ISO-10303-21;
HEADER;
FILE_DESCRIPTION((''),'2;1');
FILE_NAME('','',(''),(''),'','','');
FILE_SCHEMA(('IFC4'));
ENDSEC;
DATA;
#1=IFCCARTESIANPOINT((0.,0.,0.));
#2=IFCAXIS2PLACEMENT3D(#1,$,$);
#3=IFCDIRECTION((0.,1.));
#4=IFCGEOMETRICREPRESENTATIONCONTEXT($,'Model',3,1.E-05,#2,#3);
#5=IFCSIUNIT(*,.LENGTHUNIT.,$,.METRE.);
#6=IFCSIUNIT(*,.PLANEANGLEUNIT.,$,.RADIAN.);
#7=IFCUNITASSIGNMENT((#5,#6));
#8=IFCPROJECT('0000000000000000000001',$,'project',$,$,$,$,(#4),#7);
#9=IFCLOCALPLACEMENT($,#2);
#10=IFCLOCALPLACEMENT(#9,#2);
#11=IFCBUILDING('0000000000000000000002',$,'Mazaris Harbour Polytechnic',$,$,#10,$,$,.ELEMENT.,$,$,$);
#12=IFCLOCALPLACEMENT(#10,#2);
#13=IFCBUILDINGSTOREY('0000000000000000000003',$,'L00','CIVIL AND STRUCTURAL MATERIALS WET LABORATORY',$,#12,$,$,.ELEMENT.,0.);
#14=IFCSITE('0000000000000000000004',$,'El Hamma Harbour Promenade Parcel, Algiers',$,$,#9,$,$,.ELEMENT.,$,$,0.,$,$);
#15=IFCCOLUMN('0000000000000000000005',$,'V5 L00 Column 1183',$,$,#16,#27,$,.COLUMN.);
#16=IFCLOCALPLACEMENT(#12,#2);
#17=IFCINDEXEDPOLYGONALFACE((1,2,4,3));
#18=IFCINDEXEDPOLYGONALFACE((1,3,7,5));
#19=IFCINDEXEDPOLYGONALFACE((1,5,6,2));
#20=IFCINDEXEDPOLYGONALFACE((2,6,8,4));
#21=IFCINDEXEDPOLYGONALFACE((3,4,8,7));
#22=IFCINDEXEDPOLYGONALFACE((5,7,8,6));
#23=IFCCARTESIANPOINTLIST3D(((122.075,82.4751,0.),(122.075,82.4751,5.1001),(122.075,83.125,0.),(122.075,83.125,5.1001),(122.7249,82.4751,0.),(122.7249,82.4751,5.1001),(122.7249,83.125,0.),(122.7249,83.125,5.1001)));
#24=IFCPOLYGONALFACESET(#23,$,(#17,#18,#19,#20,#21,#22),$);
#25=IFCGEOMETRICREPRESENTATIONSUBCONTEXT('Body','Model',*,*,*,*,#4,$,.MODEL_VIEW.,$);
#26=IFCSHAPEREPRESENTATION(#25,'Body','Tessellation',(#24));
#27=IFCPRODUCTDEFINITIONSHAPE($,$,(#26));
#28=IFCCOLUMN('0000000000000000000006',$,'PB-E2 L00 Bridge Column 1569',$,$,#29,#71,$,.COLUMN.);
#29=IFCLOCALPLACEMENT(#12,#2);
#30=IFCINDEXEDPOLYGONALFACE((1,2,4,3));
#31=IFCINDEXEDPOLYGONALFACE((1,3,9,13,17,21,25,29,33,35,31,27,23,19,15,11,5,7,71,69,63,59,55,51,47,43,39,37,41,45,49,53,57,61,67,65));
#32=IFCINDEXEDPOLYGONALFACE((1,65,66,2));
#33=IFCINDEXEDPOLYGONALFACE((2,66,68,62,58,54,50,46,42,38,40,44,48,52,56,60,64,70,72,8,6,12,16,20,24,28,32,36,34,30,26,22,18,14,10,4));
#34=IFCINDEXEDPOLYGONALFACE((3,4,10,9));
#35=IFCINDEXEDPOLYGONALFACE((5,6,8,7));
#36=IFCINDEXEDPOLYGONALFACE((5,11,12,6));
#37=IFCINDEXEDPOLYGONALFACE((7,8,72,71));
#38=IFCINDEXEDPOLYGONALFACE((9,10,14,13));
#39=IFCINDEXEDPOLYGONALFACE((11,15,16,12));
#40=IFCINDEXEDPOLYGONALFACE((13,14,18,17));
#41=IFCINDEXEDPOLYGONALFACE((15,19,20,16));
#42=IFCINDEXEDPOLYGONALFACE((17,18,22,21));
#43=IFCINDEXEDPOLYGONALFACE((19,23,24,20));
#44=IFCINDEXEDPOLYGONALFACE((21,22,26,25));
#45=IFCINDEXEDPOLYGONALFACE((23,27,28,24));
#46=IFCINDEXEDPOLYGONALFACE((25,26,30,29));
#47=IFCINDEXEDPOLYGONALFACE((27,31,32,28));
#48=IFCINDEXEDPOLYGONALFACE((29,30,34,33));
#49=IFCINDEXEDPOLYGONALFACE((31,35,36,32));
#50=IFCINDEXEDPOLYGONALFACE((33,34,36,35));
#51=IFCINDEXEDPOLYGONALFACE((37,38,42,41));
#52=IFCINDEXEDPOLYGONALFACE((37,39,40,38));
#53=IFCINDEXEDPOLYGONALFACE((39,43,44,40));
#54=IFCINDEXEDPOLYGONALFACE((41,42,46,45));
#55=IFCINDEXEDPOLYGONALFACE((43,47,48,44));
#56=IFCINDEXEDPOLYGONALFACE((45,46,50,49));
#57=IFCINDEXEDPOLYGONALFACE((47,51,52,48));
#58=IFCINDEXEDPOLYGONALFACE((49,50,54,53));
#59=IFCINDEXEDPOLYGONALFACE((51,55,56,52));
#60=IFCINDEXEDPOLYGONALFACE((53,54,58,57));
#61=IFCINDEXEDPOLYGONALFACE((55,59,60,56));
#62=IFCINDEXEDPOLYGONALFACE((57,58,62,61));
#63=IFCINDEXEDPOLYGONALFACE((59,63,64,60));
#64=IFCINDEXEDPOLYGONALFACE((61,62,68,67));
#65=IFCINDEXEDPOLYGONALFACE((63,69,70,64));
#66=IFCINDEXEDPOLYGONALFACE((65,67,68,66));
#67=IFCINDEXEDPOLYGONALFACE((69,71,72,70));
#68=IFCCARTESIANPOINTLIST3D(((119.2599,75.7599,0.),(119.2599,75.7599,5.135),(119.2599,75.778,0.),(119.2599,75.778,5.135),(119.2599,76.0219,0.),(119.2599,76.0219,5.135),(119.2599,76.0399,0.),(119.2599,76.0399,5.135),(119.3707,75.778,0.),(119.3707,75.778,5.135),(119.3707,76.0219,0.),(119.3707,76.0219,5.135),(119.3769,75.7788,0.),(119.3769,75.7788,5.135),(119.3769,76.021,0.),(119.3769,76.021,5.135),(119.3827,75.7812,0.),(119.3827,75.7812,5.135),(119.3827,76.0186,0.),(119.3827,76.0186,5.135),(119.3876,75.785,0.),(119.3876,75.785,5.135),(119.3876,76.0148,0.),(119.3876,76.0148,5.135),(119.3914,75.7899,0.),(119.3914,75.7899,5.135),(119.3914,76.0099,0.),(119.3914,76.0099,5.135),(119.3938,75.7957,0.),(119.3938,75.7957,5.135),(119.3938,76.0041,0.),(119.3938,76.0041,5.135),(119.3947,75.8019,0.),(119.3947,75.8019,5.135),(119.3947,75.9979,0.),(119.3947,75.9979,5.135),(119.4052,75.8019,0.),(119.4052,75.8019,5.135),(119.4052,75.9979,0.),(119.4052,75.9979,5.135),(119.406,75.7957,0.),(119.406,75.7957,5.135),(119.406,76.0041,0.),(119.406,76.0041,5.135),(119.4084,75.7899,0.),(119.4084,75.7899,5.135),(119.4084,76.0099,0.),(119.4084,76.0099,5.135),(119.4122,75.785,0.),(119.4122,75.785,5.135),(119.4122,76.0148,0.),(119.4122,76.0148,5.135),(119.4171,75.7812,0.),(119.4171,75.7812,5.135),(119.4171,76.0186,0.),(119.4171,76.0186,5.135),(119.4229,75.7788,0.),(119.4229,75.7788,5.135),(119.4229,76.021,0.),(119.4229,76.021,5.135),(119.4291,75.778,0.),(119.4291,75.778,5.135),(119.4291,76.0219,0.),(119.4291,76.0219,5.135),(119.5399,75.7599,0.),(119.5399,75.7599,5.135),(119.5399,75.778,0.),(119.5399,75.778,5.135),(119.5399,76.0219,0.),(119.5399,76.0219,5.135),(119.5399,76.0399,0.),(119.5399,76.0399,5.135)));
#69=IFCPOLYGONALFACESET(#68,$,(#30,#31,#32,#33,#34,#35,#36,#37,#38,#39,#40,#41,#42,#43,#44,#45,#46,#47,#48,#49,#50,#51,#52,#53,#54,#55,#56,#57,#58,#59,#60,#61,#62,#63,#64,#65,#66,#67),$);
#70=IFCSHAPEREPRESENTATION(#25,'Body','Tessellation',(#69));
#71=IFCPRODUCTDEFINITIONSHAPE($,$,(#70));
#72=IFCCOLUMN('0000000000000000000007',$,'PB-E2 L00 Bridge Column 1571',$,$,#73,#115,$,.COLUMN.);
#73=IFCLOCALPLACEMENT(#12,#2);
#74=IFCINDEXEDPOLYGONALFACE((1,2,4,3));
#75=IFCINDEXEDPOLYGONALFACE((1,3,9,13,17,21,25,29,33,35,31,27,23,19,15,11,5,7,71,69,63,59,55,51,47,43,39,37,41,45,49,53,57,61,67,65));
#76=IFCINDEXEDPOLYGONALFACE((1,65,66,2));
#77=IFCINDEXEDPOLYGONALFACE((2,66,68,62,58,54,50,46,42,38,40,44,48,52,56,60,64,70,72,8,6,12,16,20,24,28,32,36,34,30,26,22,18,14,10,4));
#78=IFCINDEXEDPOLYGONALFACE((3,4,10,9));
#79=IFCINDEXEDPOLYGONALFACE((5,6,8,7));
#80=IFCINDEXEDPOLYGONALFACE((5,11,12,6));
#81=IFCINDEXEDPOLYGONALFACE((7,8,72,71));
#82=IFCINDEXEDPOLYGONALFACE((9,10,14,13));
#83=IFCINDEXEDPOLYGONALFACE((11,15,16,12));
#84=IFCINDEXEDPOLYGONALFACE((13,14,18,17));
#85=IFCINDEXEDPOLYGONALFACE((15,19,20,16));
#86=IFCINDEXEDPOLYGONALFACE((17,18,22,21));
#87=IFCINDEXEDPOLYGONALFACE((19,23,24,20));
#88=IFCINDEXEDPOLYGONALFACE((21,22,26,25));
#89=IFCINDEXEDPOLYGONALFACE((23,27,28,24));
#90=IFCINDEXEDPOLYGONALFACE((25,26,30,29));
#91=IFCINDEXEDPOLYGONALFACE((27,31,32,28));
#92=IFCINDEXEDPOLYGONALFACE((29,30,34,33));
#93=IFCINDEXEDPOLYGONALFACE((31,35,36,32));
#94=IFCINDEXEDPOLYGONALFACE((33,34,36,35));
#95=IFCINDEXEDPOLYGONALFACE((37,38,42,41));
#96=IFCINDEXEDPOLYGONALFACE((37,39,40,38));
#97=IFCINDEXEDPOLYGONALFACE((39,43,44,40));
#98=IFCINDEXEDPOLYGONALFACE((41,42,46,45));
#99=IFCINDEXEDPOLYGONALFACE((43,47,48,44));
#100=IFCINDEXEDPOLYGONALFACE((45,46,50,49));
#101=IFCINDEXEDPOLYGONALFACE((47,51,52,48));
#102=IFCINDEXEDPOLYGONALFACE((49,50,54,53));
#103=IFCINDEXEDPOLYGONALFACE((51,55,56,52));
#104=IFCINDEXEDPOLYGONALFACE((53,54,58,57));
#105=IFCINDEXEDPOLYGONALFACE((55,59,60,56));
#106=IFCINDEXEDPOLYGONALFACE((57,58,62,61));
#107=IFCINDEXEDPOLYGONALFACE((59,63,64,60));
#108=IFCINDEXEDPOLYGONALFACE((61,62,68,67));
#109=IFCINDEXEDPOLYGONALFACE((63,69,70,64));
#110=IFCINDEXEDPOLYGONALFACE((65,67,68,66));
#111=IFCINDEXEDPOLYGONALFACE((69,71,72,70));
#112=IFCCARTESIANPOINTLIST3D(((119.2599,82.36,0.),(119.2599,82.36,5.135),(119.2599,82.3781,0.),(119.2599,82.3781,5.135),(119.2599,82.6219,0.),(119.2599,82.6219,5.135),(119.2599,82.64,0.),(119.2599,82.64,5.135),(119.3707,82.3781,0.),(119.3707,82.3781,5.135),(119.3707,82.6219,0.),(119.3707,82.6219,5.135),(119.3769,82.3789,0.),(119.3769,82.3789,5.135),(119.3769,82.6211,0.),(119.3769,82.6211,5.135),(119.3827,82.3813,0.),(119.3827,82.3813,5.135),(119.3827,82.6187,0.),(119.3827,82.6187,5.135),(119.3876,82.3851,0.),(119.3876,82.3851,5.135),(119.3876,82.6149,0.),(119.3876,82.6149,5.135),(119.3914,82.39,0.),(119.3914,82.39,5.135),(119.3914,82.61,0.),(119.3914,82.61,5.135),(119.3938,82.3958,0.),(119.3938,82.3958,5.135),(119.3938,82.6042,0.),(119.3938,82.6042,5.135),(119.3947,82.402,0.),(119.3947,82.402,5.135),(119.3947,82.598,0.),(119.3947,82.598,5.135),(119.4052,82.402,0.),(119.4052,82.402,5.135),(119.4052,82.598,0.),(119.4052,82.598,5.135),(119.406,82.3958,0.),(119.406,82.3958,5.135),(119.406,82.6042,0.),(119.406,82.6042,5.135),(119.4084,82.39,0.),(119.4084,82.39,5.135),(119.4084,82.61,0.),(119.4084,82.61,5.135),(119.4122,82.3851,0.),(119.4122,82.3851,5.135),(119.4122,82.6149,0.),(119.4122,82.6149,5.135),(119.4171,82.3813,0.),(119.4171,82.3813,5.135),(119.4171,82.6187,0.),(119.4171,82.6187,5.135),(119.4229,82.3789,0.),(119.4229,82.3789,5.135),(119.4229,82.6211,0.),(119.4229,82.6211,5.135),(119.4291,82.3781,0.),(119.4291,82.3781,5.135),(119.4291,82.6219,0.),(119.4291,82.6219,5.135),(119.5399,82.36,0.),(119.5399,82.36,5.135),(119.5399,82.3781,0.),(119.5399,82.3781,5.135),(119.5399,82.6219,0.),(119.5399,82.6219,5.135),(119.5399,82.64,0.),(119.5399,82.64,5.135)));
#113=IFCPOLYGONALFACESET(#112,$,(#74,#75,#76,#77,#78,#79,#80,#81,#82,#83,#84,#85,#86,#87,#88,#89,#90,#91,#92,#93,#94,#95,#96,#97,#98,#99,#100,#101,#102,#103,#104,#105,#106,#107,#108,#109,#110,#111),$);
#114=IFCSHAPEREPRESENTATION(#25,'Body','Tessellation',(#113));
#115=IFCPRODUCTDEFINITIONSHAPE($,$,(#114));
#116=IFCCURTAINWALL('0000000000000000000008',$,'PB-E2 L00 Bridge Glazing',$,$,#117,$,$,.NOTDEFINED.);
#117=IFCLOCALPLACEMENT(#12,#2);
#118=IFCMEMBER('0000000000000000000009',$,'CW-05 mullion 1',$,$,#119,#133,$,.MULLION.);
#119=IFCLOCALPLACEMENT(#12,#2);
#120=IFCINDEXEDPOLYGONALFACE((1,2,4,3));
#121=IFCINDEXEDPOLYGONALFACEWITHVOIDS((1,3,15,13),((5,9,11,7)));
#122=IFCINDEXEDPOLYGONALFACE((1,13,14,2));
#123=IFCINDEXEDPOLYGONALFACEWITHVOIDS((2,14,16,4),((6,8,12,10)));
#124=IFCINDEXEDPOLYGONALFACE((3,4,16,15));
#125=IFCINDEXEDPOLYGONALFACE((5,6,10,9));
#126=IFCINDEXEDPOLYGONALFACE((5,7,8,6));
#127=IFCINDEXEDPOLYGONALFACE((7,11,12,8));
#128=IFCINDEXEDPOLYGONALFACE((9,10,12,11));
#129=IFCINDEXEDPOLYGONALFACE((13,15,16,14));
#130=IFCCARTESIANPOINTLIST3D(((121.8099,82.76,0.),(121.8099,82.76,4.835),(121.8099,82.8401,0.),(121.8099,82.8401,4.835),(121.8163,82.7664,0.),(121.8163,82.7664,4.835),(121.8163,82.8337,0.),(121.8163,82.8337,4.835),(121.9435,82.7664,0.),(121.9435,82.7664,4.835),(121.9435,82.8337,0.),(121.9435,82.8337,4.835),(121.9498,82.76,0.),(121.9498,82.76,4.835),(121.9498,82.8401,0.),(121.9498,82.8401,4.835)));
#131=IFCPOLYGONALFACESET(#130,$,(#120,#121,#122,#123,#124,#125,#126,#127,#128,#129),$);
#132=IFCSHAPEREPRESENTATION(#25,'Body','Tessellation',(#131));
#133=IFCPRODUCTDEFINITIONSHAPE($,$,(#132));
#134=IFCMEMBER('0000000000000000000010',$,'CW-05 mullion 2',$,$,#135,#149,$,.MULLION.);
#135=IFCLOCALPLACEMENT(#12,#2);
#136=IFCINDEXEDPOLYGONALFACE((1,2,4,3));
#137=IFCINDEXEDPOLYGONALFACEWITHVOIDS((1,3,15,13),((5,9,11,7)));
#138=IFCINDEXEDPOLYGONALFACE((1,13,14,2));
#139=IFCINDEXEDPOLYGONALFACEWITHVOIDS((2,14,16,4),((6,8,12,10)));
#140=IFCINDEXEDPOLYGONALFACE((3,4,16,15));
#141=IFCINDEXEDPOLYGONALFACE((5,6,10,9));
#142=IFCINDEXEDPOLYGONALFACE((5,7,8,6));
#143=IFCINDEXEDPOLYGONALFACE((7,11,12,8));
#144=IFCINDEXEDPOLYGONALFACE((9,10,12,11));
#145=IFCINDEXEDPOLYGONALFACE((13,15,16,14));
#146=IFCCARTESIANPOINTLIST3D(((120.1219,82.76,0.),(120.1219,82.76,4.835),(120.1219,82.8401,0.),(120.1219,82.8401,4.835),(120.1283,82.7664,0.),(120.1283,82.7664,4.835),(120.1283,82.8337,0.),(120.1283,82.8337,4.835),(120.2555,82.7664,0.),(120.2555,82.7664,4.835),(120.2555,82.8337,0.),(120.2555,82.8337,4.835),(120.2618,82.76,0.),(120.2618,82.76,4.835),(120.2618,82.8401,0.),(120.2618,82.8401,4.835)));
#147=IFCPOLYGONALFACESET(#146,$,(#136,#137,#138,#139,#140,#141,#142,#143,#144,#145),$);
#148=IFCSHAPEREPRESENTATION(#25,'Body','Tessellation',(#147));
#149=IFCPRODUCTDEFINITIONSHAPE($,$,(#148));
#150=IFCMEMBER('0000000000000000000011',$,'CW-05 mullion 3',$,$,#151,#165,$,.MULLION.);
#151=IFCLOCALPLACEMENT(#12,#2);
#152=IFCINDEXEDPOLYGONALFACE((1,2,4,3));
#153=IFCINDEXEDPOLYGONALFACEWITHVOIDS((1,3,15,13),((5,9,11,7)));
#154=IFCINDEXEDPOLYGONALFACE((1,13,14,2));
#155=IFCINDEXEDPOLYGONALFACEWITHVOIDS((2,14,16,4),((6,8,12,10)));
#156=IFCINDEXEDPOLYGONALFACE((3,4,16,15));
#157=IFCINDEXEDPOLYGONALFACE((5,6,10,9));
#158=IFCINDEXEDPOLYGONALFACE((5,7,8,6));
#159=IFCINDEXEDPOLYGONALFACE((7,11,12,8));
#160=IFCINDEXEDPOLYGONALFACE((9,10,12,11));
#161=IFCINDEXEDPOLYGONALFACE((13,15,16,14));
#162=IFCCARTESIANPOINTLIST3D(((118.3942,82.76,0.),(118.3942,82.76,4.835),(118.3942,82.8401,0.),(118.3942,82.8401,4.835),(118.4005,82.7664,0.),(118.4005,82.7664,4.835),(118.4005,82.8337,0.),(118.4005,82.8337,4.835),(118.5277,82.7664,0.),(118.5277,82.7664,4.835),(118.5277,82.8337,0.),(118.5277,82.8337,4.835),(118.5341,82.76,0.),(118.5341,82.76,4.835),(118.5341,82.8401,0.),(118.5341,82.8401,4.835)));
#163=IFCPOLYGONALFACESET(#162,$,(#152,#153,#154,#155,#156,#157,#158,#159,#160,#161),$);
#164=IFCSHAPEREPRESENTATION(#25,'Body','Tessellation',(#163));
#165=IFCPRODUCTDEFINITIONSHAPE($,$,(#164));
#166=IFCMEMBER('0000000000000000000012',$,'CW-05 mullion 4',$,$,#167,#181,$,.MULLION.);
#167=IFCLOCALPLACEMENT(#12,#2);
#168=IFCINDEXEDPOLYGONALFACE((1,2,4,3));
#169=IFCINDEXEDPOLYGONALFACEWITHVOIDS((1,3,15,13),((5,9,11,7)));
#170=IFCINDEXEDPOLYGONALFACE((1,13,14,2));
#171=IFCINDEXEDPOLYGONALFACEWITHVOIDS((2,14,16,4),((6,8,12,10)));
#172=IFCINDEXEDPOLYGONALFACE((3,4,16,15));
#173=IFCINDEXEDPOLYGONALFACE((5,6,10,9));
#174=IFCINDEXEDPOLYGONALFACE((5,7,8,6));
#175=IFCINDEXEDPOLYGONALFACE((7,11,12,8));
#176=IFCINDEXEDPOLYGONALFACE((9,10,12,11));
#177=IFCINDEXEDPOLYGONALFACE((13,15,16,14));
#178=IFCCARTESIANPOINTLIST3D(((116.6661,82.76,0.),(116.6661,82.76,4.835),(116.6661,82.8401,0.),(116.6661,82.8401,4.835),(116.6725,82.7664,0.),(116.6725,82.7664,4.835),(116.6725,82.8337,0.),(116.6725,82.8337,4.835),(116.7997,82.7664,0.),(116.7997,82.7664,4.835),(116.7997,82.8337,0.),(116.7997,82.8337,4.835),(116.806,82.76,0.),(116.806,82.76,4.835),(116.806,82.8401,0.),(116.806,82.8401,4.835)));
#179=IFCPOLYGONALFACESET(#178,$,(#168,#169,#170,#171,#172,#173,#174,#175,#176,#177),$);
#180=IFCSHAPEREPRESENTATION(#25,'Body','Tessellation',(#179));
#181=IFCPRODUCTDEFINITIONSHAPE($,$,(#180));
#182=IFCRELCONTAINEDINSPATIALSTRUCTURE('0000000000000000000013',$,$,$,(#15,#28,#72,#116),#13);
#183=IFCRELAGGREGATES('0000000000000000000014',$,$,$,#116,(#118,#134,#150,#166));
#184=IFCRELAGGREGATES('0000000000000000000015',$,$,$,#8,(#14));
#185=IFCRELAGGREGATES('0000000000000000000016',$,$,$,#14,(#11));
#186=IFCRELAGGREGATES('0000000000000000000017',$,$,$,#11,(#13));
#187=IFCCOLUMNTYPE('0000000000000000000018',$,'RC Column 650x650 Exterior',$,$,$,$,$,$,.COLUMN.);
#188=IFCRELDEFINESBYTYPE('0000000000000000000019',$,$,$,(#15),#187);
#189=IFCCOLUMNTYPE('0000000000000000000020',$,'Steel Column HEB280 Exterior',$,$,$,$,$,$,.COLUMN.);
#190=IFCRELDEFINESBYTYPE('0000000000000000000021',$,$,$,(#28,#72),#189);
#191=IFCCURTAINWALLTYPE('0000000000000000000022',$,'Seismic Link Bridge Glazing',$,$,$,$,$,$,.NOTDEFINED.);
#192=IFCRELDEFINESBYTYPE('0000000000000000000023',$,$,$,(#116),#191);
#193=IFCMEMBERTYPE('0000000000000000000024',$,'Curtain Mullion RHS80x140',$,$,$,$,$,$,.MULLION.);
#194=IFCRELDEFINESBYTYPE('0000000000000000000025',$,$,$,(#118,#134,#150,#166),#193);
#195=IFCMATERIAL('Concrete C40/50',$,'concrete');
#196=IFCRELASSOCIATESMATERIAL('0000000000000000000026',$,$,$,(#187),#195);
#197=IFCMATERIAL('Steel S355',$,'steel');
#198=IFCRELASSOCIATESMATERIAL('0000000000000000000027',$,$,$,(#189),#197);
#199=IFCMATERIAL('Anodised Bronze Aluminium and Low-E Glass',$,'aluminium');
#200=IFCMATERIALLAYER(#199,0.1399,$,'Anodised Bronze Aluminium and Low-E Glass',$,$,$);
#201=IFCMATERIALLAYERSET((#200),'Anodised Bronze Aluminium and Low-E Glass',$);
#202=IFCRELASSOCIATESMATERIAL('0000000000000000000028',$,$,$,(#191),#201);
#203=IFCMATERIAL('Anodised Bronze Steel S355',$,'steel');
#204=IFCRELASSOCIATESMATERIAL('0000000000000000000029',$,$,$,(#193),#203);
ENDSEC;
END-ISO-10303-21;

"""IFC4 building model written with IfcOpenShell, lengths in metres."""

from ifc_helpers import new_model, si_unit, direction, frame, origin, origin_2d, place, context, subcontext, project, spatial, rectangle, hollow_rectangle, i_section, extrude, material, layer, layer_set, material_profile, profile_set, type_object, element, aggregate, save


model = new_model("IFC4")

# Units and contexts
model_context = context("Model", 3, precision=1e-05, world=origin(), true_north=direction((0.0, 1.0)))
body_context = subcontext(model_context, "Body", "Model", "MODEL_VIEW")
ifc_project = project(units=[si_unit("LENGTHUNIT", "METRE"), si_unit("PLANEANGLEUNIT", "RADIAN")], contexts=[model_context])

# Site, building, storey
site_placement = place(None, origin())
site = spatial("IfcSite", under=ifc_project, at=site_placement, Name="El Hamma Harbour Promenade Parcel, Algiers", CompositionType="ELEMENT", RefElevation=0.0)
building_placement = place(site_placement, origin())
building = spatial("IfcBuilding", under=site, at=building_placement, Name="Mazaris Harbour Polytechnic", CompositionType="ELEMENT")
storey_placement = place(building_placement, origin())
storey = spatial("IfcBuildingStorey", under=building, at=storey_placement, Name="L00", Description="CIVIL AND STRUCTURAL MATERIALS WET LABORATORY", CompositionType="ELEMENT", Elevation=0.0)

# Columns
ifc_material_1 = material(Name="Concrete C40/50", Category="concrete")
ifc_material_profile_1 = material_profile(ifc_material_1, rectangle(XDim=0.6499, YDim=0.6499, at=origin_2d()), Name="RECT650x650")
ifc_profile_set_1 = profile_set([ifc_material_profile_1], Name="Concrete C40/50")
column_type_1 = type_object("IfcColumnType", Name="RC Column 650x650 Exterior", PredefinedType="COLUMN", material=ifc_profile_set_1)
column_placement = place(storey_placement, frame((122.3999, 82.8, 0.0), z_axis=(0.0, 0.0, 1.0), x_axis=(1.0, 0.0, 0.0)))
element("IfcColumn", 1, at=column_placement, inside=storey, type_object=column_type_1, Name="V5 L00 Column 1183", PredefinedType="COLUMN", context=body_context, shape_type="SweptSolid", body=[
    extrude(rectangle(XDim=0.6499, YDim=0.6499, at=origin_2d()), origin(), (0.0, 0.0, 1.0), 5.1001),
])
ifc_material_2 = material(Name="Steel S355", Category="steel")
ifc_material_profile_2 = material_profile(ifc_material_2, i_section(OverallWidth=0.28, OverallDepth=0.28, WebThickness=0.0105, FlangeThickness=0.0181, FilletRadius=0.0239, at=origin_2d()), Name="HEB 280")
ifc_profile_set_2 = profile_set([ifc_material_profile_2], Name="Steel S355")
column_type_2 = type_object("IfcColumnType", Name="Steel Column HEB280 Exterior", PredefinedType="COLUMN", material=ifc_profile_set_2)
for number, where, z_axis, x_axis, name in (
    (2, (119.3999, 75.8999, 0.0), (0.0, 0.0, 1.0), (1.0, 0.0, 0.0), "PB-E2 L00 Bridge Column 1569"),
    (3, (119.3999, 82.5, 0.0), (0.0, 0.0, 1.0), (1.0, 0.0, 0.0), "PB-E2 L00 Bridge Column 1571"),
):
    element("IfcColumn", number, at=place(storey_placement, frame(where, z_axis=z_axis, x_axis=x_axis)), inside=storey, type_object=column_type_2, Name=name, PredefinedType="COLUMN", context=body_context, shape_type="SweptSolid", body=[
        extrude(i_section(OverallWidth=0.28, OverallDepth=0.28, WebThickness=0.0105, FlangeThickness=0.0181, FilletRadius=0.0239, at=origin_2d()), origin(), (0.0, 0.0, 1.0), 5.135),
    ])

# Curtain wall, members
ifc_material_3 = material(Name="Anodised Bronze Aluminium and Low-E Glass", Category="aluminium")
ifc_layer_1 = layer(ifc_material_3, 0.1399, Name="Anodised Bronze Aluminium and Low-E Glass")
ifc_layer_set_1 = layer_set([ifc_layer_1], Name="Anodised Bronze Aluminium and Low-E Glass")
curtain_wall_type = type_object("IfcCurtainWallType", Name="Seismic Link Bridge Glazing", PredefinedType="NOTDEFINED", material=ifc_layer_set_1)
curtain_wall_placement = place(storey_placement, origin())
curtain_wall = element("IfcCurtainWall", 4, at=curtain_wall_placement, inside=storey, type_object=curtain_wall_type, Name="PB-E2 L00 Bridge Glazing", PredefinedType="NOTDEFINED")
ifc_material_4 = material(Name="Anodised Bronze Steel S355", Category="steel")
ifc_material_profile_3 = material_profile(ifc_material_4, hollow_rectangle(XDim=0.0801, YDim=0.1399, WallThickness=0.0063, at=origin_2d()), Name="RHS 80x140x6.3")
ifc_profile_set_3 = profile_set([ifc_material_profile_3], Name="Anodised Bronze Steel S355")
member_type_1 = type_object("IfcMemberType", Name="Curtain Mullion RHS80x140", PredefinedType="MULLION", material=ifc_profile_set_3)
member_1_placement = place(storey_placement, frame((121.8799, 82.8, 0.0), z_axis=(0.0, 0.0, 1.0), x_axis=(0.0, -1.0, 0.0)))
member_1 = element("IfcMember", 5, at=member_1_placement, type_object=member_type_1, Name="CW-05 mullion 1", PredefinedType="MULLION", context=body_context, shape_type="SweptSolid", body=[
    extrude(hollow_rectangle(XDim=0.0801, YDim=0.1399, WallThickness=0.0063, at=origin_2d()), origin(), (0.0, 0.0, 1.0), 4.835),
])
member_2_placement = place(storey_placement, frame((120.1919, 82.8, 0.0), z_axis=(0.0, 0.0, 1.0), x_axis=(0.0, -1.0, 0.0)))
member_2 = element("IfcMember", 6, at=member_2_placement, type_object=member_type_1, Name="CW-05 mullion 2", PredefinedType="MULLION", context=body_context, shape_type="SweptSolid", body=[
    extrude(hollow_rectangle(XDim=0.0801, YDim=0.1399, WallThickness=0.0063, at=origin_2d()), origin(), (0.0, 0.0, 1.0), 4.835),
])
member_3_placement = place(storey_placement, frame((118.4641, 82.8, 0.0), z_axis=(0.0, 0.0, 1.0), x_axis=(0.0, -1.0, 0.0)))
member_3 = element("IfcMember", 7, at=member_3_placement, type_object=member_type_1, Name="CW-05 mullion 3", PredefinedType="MULLION", context=body_context, shape_type="SweptSolid", body=[
    extrude(hollow_rectangle(XDim=0.0801, YDim=0.1399, WallThickness=0.0063, at=origin_2d()), origin(), (0.0, 0.0, 1.0), 4.835),
])
member_4_placement = place(storey_placement, frame((116.7361, 82.8, 0.0), z_axis=(0.0, 0.0, 1.0), x_axis=(0.0, -1.0, 0.0)))
member_4 = element("IfcMember", 8, at=member_4_placement, type_object=member_type_1, Name="CW-05 mullion 4", PredefinedType="MULLION", context=body_context, shape_type="SweptSolid", body=[
    extrude(hollow_rectangle(XDim=0.0801, YDim=0.1399, WallThickness=0.0063, at=origin_2d()), origin(), (0.0, 0.0, 1.0), 4.835),
])

aggregate(curtain_wall, [member_1, member_2, member_3, member_4])

save(model, "model.ifc")
